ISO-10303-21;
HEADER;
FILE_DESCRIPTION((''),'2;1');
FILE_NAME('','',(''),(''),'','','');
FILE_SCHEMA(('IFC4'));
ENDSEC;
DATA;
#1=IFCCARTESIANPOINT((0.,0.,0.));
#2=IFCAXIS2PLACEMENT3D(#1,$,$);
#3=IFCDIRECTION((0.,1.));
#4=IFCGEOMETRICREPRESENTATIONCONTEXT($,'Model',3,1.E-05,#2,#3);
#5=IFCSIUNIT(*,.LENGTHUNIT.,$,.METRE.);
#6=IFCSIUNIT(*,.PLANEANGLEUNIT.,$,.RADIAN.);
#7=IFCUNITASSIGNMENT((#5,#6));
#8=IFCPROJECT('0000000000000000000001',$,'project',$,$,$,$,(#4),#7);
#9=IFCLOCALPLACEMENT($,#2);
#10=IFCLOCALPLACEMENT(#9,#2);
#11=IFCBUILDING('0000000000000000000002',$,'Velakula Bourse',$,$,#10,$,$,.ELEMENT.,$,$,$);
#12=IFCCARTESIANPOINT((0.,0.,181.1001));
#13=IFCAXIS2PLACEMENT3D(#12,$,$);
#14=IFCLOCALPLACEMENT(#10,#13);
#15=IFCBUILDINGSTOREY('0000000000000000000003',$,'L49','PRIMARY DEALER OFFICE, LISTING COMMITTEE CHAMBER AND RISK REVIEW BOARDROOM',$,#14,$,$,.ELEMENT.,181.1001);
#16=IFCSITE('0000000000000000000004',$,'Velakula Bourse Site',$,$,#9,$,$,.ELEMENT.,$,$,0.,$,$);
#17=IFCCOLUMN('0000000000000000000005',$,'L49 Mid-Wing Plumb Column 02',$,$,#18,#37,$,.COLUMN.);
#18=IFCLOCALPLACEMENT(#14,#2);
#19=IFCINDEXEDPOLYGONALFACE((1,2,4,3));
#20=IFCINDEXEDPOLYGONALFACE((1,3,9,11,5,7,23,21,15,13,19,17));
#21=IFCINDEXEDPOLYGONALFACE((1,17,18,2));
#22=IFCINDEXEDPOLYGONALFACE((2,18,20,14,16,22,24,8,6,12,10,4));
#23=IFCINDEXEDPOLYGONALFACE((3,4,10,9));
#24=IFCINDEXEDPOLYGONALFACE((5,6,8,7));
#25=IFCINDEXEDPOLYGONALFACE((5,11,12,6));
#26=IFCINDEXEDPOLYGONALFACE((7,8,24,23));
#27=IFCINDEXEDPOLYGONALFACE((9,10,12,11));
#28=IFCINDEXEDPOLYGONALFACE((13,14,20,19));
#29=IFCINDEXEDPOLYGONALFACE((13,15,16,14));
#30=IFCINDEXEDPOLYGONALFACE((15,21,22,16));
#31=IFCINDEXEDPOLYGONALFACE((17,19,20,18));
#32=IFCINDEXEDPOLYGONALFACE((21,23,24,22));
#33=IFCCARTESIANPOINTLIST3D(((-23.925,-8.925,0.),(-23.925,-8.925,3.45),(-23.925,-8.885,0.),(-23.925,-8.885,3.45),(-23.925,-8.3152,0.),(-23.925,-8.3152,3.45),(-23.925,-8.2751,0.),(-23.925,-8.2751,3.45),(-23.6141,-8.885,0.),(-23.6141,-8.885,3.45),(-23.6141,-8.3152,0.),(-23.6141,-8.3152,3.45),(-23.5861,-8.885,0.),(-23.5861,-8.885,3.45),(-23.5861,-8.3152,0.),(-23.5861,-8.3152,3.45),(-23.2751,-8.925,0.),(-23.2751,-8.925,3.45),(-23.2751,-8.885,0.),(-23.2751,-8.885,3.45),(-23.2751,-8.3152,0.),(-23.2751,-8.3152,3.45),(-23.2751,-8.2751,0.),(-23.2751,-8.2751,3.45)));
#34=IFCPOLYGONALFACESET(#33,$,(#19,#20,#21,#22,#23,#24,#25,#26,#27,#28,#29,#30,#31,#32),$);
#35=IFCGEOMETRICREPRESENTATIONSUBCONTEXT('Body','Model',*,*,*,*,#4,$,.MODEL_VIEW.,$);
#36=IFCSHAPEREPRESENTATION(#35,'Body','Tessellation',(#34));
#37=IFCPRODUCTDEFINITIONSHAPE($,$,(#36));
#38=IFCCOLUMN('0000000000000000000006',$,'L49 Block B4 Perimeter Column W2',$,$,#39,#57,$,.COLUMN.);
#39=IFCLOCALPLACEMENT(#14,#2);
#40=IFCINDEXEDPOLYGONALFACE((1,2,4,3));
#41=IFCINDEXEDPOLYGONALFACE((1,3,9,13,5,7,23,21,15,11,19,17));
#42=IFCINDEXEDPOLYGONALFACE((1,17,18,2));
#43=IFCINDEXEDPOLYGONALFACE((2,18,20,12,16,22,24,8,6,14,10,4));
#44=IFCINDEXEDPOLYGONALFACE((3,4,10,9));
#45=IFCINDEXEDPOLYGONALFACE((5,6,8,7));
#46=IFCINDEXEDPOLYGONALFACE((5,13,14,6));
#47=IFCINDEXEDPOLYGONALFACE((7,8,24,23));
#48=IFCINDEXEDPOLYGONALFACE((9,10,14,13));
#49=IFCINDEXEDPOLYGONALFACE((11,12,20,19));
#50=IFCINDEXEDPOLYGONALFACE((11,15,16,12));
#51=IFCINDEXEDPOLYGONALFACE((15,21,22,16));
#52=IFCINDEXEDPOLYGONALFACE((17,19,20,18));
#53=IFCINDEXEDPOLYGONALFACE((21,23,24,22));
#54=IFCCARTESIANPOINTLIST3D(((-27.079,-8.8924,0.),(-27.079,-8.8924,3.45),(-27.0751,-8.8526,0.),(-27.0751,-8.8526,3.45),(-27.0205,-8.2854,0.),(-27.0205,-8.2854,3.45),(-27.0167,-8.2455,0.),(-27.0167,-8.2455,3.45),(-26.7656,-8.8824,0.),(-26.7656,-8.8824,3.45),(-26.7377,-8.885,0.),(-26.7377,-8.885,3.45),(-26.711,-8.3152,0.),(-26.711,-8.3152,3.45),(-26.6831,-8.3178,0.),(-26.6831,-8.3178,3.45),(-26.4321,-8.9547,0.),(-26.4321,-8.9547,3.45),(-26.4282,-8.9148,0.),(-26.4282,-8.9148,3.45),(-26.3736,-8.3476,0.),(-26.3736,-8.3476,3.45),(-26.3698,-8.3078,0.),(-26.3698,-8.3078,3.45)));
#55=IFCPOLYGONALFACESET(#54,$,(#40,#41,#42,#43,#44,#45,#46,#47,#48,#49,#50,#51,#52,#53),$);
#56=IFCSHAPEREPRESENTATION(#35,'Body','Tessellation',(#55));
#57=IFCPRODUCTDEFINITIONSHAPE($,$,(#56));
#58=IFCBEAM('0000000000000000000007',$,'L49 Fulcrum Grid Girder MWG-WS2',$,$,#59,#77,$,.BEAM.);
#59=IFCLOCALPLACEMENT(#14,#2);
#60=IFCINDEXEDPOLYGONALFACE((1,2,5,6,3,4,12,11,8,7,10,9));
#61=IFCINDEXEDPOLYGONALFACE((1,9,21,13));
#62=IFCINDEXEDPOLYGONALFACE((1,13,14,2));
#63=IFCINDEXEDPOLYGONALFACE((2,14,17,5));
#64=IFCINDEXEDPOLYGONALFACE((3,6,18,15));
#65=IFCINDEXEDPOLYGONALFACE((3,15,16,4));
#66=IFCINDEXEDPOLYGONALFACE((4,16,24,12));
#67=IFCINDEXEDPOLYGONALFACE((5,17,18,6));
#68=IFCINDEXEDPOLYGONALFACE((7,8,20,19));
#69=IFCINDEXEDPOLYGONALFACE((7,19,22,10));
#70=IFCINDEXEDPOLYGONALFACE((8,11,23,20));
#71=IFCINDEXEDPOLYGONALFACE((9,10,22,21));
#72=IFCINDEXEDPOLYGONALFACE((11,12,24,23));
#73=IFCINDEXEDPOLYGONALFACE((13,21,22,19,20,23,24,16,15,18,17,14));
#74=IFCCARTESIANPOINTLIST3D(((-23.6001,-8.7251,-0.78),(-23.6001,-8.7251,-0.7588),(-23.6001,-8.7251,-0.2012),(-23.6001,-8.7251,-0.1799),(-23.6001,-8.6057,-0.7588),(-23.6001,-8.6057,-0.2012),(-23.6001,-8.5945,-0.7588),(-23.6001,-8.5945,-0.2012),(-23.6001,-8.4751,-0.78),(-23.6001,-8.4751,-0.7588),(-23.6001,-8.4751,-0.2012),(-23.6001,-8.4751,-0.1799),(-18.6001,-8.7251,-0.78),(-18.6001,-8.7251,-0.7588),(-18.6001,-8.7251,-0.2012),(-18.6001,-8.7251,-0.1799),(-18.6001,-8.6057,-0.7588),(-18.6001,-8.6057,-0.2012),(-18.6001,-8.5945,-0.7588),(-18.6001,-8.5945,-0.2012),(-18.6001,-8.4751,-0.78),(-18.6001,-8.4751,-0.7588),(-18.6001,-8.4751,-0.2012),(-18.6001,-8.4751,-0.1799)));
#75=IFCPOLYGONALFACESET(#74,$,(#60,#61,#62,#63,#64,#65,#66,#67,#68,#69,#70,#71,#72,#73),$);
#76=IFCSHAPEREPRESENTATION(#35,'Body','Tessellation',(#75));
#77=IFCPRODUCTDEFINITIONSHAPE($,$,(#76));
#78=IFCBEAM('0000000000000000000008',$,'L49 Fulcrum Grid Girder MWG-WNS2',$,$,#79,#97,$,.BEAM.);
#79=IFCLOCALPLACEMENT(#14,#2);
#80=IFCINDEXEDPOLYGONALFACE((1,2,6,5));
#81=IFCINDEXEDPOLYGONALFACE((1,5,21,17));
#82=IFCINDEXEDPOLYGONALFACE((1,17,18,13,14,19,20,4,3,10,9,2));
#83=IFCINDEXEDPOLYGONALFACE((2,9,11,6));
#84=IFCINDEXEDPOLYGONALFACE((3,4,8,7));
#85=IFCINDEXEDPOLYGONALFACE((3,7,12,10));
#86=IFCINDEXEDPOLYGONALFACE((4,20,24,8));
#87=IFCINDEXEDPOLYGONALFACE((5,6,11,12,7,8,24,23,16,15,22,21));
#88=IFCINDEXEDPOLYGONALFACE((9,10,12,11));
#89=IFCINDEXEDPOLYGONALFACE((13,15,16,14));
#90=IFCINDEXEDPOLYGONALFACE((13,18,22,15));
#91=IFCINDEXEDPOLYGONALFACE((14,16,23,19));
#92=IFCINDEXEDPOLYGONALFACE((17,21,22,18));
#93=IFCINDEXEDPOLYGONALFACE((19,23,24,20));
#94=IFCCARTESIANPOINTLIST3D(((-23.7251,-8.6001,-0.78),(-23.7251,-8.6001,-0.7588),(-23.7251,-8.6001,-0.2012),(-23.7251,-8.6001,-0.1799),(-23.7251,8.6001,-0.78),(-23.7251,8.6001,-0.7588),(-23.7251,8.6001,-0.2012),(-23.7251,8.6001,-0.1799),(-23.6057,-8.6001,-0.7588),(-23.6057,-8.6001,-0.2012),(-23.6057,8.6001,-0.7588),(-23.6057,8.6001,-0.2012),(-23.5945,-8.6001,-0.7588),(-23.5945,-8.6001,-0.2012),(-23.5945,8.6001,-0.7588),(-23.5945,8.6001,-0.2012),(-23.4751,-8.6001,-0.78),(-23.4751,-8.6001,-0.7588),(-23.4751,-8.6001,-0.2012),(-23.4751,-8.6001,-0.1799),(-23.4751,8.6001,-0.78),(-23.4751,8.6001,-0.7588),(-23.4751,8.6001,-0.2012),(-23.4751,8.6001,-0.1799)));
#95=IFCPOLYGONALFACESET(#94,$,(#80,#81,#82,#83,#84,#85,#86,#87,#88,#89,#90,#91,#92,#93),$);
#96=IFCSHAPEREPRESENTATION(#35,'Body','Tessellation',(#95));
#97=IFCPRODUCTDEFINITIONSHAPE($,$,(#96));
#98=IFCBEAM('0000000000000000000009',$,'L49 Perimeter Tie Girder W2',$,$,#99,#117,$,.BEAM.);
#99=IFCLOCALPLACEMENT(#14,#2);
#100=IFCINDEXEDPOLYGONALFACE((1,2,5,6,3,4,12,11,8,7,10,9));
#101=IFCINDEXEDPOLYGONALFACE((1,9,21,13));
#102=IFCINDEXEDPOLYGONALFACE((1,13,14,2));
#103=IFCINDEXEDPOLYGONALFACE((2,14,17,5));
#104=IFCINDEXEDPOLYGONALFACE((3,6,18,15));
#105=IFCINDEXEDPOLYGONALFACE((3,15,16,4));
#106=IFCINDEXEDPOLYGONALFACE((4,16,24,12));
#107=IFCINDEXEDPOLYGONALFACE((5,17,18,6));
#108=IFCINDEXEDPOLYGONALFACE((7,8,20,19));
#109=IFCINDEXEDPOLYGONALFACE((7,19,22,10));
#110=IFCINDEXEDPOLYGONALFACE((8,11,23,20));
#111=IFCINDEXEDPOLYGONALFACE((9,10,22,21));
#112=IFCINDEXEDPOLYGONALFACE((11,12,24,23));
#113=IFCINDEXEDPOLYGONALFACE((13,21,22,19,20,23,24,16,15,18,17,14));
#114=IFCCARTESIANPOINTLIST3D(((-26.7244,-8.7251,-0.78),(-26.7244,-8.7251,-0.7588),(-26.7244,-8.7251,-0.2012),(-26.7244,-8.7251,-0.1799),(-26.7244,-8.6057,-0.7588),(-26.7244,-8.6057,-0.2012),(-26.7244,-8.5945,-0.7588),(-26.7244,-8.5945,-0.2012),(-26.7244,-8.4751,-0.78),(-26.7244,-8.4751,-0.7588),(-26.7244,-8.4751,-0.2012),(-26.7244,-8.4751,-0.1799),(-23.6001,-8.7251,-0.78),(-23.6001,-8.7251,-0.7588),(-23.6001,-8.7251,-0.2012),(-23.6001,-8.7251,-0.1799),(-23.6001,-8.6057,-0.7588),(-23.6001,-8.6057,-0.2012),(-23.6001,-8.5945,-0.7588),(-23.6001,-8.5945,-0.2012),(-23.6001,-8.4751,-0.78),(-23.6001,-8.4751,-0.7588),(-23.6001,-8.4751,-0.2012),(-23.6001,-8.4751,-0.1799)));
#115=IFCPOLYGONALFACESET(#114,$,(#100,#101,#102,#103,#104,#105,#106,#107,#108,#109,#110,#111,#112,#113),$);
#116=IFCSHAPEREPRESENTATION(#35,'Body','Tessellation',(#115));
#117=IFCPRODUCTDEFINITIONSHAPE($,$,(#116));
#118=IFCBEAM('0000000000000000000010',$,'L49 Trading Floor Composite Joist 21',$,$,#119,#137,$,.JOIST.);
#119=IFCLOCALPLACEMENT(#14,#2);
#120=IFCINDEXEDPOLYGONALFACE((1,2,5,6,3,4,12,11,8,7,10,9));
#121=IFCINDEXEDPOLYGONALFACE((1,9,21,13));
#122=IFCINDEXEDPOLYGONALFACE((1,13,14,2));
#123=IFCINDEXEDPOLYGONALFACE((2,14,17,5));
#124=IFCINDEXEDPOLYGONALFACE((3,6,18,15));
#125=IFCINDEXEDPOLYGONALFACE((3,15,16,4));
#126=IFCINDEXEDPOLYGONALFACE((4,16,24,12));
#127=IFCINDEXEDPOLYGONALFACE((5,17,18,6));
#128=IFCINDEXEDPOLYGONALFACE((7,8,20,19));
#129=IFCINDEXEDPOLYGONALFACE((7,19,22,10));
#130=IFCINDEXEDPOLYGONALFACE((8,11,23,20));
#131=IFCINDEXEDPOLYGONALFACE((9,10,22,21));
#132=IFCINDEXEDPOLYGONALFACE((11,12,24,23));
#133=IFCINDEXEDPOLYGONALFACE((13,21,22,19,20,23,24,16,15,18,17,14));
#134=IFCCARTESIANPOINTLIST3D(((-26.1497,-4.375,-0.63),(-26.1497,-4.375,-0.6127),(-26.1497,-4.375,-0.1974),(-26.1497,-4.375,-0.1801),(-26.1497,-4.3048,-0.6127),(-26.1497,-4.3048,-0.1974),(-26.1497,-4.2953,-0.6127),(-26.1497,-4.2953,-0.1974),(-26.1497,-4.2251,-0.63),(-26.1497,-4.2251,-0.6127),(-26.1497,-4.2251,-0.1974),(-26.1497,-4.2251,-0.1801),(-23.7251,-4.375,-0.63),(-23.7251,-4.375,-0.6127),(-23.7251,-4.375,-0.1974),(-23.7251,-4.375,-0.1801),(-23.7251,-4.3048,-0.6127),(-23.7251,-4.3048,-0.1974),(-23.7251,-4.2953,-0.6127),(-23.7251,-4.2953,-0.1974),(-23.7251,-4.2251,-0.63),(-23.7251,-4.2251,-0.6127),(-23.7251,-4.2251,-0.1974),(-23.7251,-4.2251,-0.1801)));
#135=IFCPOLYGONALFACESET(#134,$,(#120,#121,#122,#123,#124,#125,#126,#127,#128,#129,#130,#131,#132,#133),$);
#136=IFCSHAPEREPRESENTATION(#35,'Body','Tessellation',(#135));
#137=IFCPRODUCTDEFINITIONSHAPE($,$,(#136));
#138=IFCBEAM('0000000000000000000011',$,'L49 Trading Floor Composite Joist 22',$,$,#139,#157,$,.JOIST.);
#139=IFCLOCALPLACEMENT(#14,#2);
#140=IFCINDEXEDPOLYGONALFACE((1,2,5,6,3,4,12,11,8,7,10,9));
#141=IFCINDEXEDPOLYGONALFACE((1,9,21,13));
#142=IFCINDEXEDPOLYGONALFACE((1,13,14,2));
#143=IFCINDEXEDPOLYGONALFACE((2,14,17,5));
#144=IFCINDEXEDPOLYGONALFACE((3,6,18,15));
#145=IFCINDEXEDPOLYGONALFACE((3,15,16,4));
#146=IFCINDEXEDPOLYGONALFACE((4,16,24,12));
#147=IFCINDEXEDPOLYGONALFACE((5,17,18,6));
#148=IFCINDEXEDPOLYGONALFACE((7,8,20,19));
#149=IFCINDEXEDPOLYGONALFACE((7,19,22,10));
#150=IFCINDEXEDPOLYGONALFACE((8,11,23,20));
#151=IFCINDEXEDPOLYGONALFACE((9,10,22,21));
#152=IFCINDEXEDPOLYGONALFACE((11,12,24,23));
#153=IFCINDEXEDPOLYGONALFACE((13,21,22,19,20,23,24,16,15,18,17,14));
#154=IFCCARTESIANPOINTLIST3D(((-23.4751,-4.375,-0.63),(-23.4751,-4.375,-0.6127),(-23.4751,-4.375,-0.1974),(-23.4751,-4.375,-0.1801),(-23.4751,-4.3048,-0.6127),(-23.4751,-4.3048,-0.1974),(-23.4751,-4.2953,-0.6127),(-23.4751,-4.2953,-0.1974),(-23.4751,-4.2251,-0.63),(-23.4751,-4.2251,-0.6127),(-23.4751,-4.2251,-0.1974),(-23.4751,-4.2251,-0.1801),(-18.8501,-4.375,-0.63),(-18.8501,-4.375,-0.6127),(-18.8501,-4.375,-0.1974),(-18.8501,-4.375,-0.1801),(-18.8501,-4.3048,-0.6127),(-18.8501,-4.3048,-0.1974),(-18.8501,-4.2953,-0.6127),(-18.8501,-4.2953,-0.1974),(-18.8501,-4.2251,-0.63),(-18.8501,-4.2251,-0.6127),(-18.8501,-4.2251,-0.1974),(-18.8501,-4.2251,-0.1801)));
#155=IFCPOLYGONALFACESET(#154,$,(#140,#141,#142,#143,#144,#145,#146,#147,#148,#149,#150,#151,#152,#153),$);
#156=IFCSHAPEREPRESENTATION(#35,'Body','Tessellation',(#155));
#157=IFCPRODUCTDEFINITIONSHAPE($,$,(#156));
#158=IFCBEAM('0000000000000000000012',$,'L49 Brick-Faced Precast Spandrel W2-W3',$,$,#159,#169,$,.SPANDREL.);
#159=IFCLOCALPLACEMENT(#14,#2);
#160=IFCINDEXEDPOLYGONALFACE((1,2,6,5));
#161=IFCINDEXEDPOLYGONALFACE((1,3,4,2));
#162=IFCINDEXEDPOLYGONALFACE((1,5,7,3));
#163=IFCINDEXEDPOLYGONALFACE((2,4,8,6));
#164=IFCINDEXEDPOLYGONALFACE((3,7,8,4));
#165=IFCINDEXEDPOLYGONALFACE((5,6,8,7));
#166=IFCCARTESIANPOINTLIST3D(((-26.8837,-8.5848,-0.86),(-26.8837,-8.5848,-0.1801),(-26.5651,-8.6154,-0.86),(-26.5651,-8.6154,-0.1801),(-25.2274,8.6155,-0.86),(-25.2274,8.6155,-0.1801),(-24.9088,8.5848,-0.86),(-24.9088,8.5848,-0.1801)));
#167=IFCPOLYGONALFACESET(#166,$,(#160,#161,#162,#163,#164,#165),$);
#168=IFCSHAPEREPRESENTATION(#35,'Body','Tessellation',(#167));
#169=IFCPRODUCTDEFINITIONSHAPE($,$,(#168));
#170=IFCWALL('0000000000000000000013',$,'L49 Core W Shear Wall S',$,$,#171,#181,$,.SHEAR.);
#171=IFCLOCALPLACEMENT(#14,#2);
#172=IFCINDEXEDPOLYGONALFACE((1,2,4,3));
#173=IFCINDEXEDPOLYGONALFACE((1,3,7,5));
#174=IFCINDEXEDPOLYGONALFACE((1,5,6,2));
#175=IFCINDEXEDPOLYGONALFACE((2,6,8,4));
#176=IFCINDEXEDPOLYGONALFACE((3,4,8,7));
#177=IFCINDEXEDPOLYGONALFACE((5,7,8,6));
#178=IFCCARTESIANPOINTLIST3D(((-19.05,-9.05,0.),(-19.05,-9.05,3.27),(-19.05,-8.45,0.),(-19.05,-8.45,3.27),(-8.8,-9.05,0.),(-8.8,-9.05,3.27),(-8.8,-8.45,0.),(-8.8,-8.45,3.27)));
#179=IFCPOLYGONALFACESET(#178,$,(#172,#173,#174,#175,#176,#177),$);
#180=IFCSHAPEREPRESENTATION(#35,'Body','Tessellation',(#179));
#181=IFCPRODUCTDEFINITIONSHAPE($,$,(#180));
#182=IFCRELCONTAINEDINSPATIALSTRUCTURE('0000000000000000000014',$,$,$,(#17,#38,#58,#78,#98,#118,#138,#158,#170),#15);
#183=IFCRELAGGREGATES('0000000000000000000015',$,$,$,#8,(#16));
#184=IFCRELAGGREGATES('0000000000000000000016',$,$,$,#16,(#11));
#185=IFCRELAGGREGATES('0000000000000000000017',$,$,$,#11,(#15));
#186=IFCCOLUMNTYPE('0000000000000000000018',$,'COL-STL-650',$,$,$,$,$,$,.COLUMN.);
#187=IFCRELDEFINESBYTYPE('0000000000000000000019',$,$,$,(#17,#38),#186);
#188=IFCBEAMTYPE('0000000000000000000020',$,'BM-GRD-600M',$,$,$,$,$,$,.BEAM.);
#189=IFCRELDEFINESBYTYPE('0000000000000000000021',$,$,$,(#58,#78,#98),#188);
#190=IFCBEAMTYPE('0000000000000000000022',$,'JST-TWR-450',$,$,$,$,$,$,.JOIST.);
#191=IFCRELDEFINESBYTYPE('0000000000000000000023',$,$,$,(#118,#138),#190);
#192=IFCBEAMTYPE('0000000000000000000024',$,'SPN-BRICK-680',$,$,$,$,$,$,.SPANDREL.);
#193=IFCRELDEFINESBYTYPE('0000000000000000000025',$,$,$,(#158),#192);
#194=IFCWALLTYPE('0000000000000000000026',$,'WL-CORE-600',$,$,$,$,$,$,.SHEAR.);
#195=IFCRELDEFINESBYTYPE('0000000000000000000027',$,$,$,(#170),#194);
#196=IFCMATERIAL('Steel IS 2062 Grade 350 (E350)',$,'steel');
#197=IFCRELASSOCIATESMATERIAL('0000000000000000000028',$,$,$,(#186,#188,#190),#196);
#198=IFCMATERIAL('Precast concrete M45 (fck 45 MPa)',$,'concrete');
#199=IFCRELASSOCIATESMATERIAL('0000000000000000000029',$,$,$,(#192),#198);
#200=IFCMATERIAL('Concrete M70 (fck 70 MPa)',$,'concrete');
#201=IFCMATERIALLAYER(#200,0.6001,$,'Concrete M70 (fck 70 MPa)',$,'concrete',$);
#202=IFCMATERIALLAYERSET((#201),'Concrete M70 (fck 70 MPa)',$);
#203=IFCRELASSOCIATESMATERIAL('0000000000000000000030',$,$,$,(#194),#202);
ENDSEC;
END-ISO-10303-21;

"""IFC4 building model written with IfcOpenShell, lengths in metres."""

from ifc_helpers import new_model, si_unit, direction, frame, frame_2d, origin, origin_2d, place, context, subcontext, project, spatial, rectangle, i_section, extrude, material, layer, layer_set, material_profile, profile_set, type_object, element, save


model = new_model("IFC4")

# Units and contexts
model_context = context("Model", 3, precision=1e-05, world=origin(), true_north=direction((0.0, 1.0)))
body_context = subcontext(model_context, "Body", "Model", "MODEL_VIEW")
ifc_project = project(units=[si_unit("LENGTHUNIT", "METRE"), si_unit("PLANEANGLEUNIT", "RADIAN")], contexts=[model_context])

# Site, building, storey
site_placement = place(None, origin())
site = spatial("IfcSite", under=ifc_project, at=site_placement, Name="Velakula Bourse Site", CompositionType="ELEMENT", RefElevation=0.0)
building_placement = place(site_placement, origin())
building = spatial("IfcBuilding", under=site, at=building_placement, Name="Velakula Bourse", CompositionType="ELEMENT")
storey_placement = place(building_placement, frame((0.0, 0.0, 181.1001)))
storey = spatial("IfcBuildingStorey", under=building, at=storey_placement, Name="L49", Description="PRIMARY DEALER OFFICE, LISTING COMMITTEE CHAMBER AND RISK REVIEW BOARDROOM", CompositionType="ELEMENT", Elevation=181.1001)

# Columns
ifc_material_1 = material(Name="Steel IS 2062 Grade 350 (E350)", Category="steel")
ifc_material_profile_1 = material_profile(ifc_material_1, i_section(OverallWidth=0.6499, OverallDepth=0.6499, WebThickness=0.0281, FlangeThickness=0.04, at=origin_2d()), Name="Steel IS 2062 Grade 350 (E350)")
ifc_profile_set_1 = profile_set([ifc_material_profile_1], Name="Steel IS 2062 Grade 350 (E350)")
column_type = type_object("IfcColumnType", Name="COL-STL-650", PredefinedType="COLUMN", material=ifc_profile_set_1)
for number, where, z_axis, x_axis, name in (
    (1, (-23.6001, -8.6001, 0.0), (0.0, 0.0, 1.0), (1.0, 0.0, 0.0), "L49 Mid-Wing Plumb Column 02"),
    (2, (-26.7244, -8.6001, 0.0), (0.0, 0.0, 1.0), (0.995396, -0.095846, 0.0), "L49 Block B4 Perimeter Column W2"),
):
    element("IfcColumn", number, at=place(storey_placement, frame(where, z_axis=z_axis, x_axis=x_axis)), inside=storey, type_object=column_type, Name=name, PredefinedType="COLUMN", context=body_context, shape_type="SweptSolid", body=[
        extrude(i_section(OverallWidth=0.6499, OverallDepth=0.6499, WebThickness=0.0281, FlangeThickness=0.04, at=origin_2d()), origin(), (0.0, 0.0, 1.0), 3.45),
    ])

# Beams
ifc_material_profile_2 = material_profile(ifc_material_1, i_section(OverallWidth=0.25, OverallDepth=0.6001, WebThickness=0.0112, FlangeThickness=0.0212, at=origin_2d()), Name="Steel IS 2062 Grade 350 (E350)")
ifc_profile_set_2 = profile_set([ifc_material_profile_2], Name="Steel IS 2062 Grade 350 (E350)")
beam_type_1 = type_object("IfcBeamType", Name="BM-GRD-600M", PredefinedType="BEAM", material=ifc_profile_set_2)
beam_1_placement = place(storey_placement, frame((-23.6001, -8.6001, -0.48), z_axis=(1.0, 0.0, 0.0), x_axis=(0.0, 1.0, 0.0)))
element("IfcBeam", 3, at=beam_1_placement, inside=storey, type_object=beam_type_1, Name="L49 Fulcrum Grid Girder MWG-WS2", PredefinedType="BEAM", context=body_context, shape_type="SweptSolid", body=[
    extrude(i_section(OverallWidth=0.25, OverallDepth=0.6001, WebThickness=0.0112, FlangeThickness=0.0212, at=origin_2d()), origin(), (0.0, 0.0, 1.0), 5.0),
])
beam_2_placement = place(storey_placement, frame((-23.6001, -8.6001, -0.48), z_axis=(0.0, 1.0, 0.0), x_axis=(-1.0, 0.0, 0.0)))
element("IfcBeam", 4, at=beam_2_placement, inside=storey, type_object=beam_type_1, Name="L49 Fulcrum Grid Girder MWG-WNS2", PredefinedType="BEAM", context=body_context, shape_type="SweptSolid", body=[
    extrude(i_section(OverallWidth=0.25, OverallDepth=0.6001, WebThickness=0.0112, FlangeThickness=0.0212, at=origin_2d()), origin(), (0.0, 0.0, 1.0), 17.2002),
])
beam_3_placement = place(storey_placement, frame((-23.6001, -8.6001, -0.48), z_axis=(-1.0, 0.0, 0.0), x_axis=(0.0, -1.0, 0.0)))
element("IfcBeam", 5, at=beam_3_placement, inside=storey, type_object=beam_type_1, Name="L49 Perimeter Tie Girder W2", PredefinedType="BEAM", context=body_context, shape_type="SweptSolid", body=[
    extrude(i_section(OverallWidth=0.25, OverallDepth=0.6001, WebThickness=0.0112, FlangeThickness=0.0212, at=origin_2d()), origin(), (0.0, 0.0, 1.0), 3.1243),
])
ifc_material_profile_3 = material_profile(ifc_material_1, i_section(OverallWidth=0.1499, OverallDepth=0.45, WebThickness=0.0095, FlangeThickness=0.0173, at=origin_2d()), Name="Steel IS 2062 Grade 350 (E350)")
ifc_profile_set_3 = profile_set([ifc_material_profile_3], Name="Steel IS 2062 Grade 350 (E350)")
beam_type_2 = type_object("IfcBeamType", Name="JST-TWR-450", PredefinedType="JOIST", material=ifc_profile_set_3)
beam_4_placement = place(storey_placement, frame((-26.1497, -4.3, -0.405), z_axis=(1.0, 0.0, 0.0), x_axis=(0.0, 1.0, 0.0)))
element("IfcBeam", 6, at=beam_4_placement, inside=storey, type_object=beam_type_2, Name="L49 Trading Floor Composite Joist 21", PredefinedType="JOIST", context=body_context, shape_type="SweptSolid", body=[
    extrude(i_section(OverallWidth=0.1499, OverallDepth=0.45, WebThickness=0.0095, FlangeThickness=0.0173, at=origin_2d()), origin(), (0.0, 0.0, 1.0), 2.4246),
])
beam_5_placement = place(storey_placement, frame((-23.4751, -4.3, -0.405), z_axis=(1.0, 0.0, 0.0), x_axis=(0.0, 1.0, 0.0)))
element("IfcBeam", 7, at=beam_5_placement, inside=storey, type_object=beam_type_2, Name="L49 Trading Floor Composite Joist 22", PredefinedType="JOIST", context=body_context, shape_type="SweptSolid", body=[
    extrude(i_section(OverallWidth=0.1499, OverallDepth=0.45, WebThickness=0.0095, FlangeThickness=0.0173, at=origin_2d()), origin(), (0.0, 0.0, 1.0), 4.625),
])
ifc_material_2 = material(Name="Precast concrete M45 (fck 45 MPa)", Category="concrete")
ifc_material_profile_4 = material_profile(ifc_material_2, rectangle(XDim=0.3201, YDim=0.6799, at=origin_2d()), Name="Precast concrete M45 (fck 45 MPa)")
ifc_profile_set_4 = profile_set([ifc_material_profile_4], Name="Precast concrete M45 (fck 45 MPa)")
beam_type_3 = type_object("IfcBeamType", Name="SPN-BRICK-680", PredefinedType="SPANDREL", material=ifc_profile_set_4)
beam_6_placement = place(storey_placement, frame((-26.7244, -8.6001, -0.52), z_axis=(0.095849, 0.995396, 0.0), x_axis=(-0.995396, 0.095849, 0.0)))
element("IfcBeam", 8, at=beam_6_placement, inside=storey, type_object=beam_type_3, Name="L49 Brick-Faced Precast Spandrel W2-W3", PredefinedType="SPANDREL", context=body_context, shape_type="SweptSolid", body=[
    extrude(rectangle(XDim=0.3201, YDim=0.6799, at=origin_2d()), origin(), (0.0, 0.0, 1.0), 17.2798),
])

# Wall
ifc_material_3 = material(Name="Concrete M70 (fck 70 MPa)", Category="concrete")
ifc_layer = layer(ifc_material_3, 0.6001, Name="Concrete M70 (fck 70 MPa)", Category="concrete")
ifc_layer_set = layer_set([ifc_layer], Name="Concrete M70 (fck 70 MPa)")
wall_type = type_object("IfcWallType", Name="WL-CORE-600", PredefinedType="SHEAR", material=ifc_layer_set)
wall_1_placement = place(storey_placement, frame((-19.05, -8.75, 0.0), z_axis=(0.0, 0.0, 1.0), x_axis=(1.0, 0.0, 0.0)))
element("IfcWall", 9, at=wall_1_placement, inside=storey, type_object=wall_type, Name="L49 Core W Shear Wall S", PredefinedType="SHEAR", context=body_context, shape_type="SweptSolid", body=[
    extrude(rectangle(XDim=10.25, YDim=0.6001, at=frame_2d((5.125, 0.0))), origin(), (0.0, 0.0, 1.0), 3.27),
])

save(model, "model.ifc")
